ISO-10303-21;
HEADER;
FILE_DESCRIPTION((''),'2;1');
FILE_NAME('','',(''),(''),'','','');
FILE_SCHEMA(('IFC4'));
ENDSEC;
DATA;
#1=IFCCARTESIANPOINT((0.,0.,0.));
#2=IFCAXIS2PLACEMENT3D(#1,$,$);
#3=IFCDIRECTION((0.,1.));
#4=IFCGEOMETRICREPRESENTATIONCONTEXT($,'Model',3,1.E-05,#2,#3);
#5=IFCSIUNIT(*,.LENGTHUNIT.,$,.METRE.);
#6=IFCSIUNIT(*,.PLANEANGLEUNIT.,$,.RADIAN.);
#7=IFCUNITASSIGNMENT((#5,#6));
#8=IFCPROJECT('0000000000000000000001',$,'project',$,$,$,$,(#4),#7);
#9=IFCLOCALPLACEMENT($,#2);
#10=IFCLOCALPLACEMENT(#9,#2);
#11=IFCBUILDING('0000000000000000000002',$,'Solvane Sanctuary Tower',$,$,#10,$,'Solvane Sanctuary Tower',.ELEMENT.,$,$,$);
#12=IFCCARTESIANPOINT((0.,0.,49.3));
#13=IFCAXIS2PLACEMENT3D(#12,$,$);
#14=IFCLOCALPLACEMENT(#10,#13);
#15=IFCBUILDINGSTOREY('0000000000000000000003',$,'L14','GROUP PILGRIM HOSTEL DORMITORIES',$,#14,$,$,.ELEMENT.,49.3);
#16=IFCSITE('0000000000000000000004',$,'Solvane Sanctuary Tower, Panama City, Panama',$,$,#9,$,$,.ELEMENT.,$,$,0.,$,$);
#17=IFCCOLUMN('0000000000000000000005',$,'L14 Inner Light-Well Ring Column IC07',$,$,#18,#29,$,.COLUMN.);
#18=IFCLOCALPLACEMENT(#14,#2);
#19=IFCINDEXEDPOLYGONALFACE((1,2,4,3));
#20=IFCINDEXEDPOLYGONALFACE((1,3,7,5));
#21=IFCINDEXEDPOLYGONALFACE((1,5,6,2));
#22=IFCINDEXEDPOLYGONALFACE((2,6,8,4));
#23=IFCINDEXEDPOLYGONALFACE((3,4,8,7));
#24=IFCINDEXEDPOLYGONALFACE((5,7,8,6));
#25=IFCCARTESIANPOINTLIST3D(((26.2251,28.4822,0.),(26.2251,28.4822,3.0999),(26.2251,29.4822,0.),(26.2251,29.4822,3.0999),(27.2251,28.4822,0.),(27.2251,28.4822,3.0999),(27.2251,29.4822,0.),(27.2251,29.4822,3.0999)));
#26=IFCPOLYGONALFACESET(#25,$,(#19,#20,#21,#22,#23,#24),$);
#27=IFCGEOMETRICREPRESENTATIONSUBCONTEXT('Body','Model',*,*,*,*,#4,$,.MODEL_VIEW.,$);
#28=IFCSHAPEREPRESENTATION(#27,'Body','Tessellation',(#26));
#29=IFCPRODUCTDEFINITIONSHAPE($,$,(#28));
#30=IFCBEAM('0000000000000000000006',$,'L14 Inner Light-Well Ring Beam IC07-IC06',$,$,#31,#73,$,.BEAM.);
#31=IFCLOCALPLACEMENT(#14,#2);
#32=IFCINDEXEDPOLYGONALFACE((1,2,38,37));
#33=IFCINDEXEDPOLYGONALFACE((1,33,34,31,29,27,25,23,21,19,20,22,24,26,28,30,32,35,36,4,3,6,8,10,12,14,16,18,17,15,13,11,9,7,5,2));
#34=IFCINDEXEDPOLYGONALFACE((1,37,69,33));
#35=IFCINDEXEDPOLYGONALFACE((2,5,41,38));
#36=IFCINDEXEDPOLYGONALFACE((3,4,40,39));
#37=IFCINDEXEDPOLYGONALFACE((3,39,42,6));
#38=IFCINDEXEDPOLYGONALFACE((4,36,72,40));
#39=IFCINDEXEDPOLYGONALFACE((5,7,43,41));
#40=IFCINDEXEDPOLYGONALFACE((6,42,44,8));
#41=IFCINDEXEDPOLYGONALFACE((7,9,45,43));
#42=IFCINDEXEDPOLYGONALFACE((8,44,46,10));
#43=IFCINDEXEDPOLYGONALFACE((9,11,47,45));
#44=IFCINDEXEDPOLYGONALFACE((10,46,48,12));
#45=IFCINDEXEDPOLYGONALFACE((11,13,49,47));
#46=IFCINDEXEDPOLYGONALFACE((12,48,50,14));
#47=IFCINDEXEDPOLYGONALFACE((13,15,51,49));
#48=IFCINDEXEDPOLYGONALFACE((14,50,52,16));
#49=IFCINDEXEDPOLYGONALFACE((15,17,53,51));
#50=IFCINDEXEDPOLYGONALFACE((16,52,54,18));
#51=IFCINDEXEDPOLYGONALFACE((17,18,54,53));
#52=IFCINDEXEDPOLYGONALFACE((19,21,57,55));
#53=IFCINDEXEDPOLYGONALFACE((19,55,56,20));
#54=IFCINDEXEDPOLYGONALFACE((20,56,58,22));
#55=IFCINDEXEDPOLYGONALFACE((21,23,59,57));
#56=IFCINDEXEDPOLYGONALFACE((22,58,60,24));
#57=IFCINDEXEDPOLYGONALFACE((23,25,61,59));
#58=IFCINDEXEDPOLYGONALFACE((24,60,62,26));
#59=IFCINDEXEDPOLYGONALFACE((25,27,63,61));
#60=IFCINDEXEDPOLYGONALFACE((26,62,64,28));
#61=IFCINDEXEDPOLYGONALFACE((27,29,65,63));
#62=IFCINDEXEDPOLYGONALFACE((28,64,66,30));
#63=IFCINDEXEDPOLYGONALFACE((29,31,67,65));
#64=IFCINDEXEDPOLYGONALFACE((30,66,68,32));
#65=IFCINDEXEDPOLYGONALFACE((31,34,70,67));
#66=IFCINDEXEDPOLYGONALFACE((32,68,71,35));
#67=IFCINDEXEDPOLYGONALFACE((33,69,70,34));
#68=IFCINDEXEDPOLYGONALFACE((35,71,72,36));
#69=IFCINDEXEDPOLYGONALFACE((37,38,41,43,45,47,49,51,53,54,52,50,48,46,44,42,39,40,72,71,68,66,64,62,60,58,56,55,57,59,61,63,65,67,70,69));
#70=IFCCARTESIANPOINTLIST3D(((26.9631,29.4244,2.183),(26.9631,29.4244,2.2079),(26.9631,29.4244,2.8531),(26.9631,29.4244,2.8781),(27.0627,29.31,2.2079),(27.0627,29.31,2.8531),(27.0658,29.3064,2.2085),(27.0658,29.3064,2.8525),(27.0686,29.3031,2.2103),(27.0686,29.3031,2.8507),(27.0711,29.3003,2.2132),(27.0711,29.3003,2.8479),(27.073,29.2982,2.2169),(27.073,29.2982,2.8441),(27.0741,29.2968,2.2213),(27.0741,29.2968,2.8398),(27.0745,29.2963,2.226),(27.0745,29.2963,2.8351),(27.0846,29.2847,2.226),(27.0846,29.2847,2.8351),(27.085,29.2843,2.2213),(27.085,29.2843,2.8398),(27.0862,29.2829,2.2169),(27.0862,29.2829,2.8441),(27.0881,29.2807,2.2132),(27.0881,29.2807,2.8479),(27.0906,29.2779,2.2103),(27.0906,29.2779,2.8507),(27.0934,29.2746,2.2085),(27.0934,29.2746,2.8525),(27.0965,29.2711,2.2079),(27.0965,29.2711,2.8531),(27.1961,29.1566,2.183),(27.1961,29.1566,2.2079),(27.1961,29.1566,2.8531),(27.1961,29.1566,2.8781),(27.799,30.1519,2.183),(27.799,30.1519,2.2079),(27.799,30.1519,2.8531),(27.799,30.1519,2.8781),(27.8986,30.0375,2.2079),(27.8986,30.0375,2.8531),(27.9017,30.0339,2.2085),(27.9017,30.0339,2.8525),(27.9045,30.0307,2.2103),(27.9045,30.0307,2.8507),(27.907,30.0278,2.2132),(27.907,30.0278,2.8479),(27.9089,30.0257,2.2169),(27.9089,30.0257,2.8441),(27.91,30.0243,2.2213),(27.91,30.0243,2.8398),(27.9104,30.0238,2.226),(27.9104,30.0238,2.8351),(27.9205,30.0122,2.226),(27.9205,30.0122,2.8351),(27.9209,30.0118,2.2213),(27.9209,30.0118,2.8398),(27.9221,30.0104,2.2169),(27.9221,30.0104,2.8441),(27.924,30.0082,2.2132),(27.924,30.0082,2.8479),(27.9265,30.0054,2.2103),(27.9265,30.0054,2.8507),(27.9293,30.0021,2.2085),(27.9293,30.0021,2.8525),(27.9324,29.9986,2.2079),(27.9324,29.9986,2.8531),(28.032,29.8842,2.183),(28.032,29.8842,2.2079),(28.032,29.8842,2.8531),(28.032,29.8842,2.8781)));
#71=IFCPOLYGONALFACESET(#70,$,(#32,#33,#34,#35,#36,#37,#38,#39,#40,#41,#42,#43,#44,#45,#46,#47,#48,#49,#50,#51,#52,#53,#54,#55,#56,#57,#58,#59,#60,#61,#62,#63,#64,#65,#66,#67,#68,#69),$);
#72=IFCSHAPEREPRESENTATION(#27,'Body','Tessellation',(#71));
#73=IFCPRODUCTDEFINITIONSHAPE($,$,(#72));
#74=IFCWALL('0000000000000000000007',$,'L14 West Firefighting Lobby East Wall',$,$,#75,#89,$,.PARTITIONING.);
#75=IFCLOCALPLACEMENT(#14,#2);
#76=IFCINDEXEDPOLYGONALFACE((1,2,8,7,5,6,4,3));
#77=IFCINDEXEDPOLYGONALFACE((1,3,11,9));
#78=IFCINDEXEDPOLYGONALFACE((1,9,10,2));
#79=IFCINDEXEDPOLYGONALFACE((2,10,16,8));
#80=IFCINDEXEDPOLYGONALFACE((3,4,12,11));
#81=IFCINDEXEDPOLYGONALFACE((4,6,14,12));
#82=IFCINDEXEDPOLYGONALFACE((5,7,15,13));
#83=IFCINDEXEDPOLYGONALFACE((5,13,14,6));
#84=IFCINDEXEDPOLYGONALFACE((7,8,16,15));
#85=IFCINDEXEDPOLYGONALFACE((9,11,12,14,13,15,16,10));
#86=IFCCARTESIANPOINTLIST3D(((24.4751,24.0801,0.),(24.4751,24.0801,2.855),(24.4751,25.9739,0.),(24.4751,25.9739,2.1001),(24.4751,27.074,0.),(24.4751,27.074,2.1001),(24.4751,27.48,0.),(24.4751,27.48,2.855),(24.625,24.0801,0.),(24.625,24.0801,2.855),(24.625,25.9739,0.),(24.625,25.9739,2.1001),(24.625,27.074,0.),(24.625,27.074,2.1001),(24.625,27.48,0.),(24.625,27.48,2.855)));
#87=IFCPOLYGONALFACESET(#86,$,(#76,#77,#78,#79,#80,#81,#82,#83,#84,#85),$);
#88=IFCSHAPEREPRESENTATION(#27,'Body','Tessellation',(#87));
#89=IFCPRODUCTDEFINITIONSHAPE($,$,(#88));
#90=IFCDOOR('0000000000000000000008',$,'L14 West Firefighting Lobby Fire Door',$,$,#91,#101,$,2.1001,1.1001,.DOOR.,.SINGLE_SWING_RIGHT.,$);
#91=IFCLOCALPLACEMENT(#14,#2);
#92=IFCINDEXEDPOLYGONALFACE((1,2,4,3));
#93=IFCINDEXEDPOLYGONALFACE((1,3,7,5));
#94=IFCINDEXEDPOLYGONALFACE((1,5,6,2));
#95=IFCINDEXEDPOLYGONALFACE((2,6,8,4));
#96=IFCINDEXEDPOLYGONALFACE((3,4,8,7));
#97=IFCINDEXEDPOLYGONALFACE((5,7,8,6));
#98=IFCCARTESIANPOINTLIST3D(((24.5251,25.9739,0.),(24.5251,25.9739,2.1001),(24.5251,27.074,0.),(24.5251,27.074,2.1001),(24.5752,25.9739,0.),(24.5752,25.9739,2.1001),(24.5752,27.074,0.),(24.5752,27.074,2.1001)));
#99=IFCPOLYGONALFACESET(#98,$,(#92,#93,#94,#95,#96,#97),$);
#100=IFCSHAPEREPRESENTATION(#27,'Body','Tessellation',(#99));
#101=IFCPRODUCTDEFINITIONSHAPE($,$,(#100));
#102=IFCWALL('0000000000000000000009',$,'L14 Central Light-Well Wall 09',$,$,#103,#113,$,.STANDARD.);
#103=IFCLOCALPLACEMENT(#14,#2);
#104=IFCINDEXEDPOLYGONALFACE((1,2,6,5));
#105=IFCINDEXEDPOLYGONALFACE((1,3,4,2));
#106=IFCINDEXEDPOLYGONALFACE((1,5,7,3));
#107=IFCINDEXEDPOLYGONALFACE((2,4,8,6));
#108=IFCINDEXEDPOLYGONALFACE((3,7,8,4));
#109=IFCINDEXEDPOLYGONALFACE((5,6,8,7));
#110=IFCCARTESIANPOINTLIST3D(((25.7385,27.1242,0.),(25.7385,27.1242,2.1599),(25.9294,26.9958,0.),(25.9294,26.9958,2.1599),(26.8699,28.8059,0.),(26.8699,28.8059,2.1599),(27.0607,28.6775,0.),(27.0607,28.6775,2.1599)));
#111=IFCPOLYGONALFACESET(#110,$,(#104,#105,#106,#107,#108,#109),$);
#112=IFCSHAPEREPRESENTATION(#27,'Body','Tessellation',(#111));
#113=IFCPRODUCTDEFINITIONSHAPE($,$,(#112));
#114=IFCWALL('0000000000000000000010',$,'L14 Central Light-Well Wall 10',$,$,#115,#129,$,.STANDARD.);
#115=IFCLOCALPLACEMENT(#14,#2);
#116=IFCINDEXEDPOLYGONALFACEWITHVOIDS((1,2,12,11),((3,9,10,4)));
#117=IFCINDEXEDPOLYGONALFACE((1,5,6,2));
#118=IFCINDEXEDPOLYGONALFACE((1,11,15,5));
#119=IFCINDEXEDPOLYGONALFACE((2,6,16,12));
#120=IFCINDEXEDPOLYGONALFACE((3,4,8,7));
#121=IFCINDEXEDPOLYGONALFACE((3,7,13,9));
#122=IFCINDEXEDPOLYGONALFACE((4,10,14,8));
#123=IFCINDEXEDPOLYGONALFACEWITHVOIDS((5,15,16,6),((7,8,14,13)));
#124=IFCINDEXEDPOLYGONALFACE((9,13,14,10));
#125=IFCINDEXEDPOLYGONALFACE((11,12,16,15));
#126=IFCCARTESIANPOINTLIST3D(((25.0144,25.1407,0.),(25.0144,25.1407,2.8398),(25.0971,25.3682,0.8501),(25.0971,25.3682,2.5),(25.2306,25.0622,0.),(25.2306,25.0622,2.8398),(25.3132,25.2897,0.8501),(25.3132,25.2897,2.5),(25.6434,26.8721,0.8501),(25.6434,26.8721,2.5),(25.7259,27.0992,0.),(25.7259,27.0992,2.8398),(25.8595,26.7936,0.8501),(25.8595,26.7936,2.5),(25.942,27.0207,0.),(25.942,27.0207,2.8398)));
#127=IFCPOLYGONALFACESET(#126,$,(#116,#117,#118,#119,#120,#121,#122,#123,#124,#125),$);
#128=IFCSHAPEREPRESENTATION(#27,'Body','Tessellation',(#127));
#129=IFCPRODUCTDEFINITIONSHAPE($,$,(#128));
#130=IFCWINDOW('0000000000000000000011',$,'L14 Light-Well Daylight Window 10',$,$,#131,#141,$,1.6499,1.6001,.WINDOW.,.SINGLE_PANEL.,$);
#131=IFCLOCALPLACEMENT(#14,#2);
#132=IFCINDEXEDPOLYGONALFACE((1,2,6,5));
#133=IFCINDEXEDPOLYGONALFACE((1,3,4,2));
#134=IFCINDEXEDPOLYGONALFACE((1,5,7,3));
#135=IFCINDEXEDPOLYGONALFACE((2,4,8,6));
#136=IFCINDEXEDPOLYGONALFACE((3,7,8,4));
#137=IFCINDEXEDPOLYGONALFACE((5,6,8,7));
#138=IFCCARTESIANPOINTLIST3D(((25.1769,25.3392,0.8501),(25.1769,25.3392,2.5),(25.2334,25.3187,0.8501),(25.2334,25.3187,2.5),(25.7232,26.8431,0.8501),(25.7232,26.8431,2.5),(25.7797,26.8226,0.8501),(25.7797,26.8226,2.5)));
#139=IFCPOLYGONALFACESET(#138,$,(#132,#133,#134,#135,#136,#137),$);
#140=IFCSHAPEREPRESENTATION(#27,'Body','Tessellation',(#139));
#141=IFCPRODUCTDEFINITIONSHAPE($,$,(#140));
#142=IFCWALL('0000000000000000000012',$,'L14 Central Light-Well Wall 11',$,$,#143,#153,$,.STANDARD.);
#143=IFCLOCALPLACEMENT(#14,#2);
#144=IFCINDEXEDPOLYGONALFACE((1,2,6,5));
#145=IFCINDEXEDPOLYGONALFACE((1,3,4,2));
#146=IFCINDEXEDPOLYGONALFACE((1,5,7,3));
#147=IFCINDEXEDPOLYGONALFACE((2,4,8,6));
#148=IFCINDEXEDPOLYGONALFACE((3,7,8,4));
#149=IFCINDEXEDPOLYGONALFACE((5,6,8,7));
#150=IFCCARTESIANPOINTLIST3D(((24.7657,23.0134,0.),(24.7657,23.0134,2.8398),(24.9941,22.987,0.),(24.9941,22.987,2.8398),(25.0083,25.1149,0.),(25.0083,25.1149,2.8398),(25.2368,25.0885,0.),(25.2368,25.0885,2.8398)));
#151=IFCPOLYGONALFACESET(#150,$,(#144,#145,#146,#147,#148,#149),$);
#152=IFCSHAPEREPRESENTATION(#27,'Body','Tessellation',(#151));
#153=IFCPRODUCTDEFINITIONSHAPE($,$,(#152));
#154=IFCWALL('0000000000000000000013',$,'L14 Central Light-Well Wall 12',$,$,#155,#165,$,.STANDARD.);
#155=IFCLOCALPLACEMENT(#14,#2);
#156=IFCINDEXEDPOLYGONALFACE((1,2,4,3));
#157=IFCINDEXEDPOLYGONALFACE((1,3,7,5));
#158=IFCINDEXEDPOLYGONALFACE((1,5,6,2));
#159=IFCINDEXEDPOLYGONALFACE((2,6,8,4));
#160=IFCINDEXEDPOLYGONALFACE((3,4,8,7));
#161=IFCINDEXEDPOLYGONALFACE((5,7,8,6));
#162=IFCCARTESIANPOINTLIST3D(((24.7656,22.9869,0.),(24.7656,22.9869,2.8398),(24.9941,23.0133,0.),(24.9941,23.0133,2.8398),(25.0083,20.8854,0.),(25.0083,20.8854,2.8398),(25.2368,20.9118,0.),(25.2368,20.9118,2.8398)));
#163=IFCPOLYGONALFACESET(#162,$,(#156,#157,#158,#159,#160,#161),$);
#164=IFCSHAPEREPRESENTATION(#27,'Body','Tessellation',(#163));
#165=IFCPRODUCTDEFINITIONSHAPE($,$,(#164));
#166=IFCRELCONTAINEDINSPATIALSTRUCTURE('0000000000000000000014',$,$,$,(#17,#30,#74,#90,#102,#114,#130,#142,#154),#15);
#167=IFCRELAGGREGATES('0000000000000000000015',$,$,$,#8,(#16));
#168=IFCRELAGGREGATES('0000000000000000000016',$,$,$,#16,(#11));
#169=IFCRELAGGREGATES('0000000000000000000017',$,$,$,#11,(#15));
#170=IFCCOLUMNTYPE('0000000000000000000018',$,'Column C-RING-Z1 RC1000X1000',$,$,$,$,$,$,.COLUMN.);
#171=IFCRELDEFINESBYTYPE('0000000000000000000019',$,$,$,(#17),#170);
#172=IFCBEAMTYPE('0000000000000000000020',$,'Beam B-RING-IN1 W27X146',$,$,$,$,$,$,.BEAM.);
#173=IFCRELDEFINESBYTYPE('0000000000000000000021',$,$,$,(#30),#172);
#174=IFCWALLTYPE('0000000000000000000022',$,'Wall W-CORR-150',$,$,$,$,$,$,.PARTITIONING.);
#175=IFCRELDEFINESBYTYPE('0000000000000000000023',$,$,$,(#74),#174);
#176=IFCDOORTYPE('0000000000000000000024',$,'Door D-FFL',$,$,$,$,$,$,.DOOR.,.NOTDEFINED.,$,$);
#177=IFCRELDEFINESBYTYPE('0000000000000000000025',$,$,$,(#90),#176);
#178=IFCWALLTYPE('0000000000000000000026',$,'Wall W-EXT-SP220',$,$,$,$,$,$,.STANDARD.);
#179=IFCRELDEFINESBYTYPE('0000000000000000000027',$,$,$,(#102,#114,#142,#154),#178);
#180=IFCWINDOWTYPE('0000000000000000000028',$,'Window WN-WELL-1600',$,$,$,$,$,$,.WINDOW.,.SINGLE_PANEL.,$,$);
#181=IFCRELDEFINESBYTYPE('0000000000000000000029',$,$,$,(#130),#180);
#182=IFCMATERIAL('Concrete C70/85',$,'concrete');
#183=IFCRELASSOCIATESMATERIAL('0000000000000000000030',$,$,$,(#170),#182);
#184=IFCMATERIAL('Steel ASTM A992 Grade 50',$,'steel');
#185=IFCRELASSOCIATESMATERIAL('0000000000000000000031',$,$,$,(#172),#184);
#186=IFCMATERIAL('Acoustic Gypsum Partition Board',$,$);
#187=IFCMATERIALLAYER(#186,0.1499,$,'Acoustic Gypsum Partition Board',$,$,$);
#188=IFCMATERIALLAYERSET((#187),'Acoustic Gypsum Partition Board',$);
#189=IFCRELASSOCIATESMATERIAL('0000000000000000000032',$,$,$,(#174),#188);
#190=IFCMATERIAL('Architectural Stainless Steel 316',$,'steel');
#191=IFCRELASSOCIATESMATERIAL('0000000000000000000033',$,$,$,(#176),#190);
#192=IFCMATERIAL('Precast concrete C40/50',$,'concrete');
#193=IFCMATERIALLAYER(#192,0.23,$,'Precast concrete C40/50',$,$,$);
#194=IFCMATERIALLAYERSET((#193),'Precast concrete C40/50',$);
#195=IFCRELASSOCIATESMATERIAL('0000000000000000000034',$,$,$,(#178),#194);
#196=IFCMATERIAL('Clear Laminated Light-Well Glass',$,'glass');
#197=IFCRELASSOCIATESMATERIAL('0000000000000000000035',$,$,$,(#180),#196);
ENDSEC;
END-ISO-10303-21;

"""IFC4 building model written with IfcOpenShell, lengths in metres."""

from ifc_helpers import new_model, si_unit, direction, frame, frame_2d, origin, origin_2d, place, context, subcontext, project, spatial, rectangle, i_section, extrude, material, layer, layer_set, material_profile, profile_set, type_object, element, fill, save


model = new_model("IFC4")

# Units and contexts
model_context = context("Model", 3, precision=1e-05, world=origin(), true_north=direction((0.0, 1.0)))
body_context = subcontext(model_context, "Body", "Model", "MODEL_VIEW")
ifc_project = project(units=[si_unit("LENGTHUNIT", "METRE"), si_unit("PLANEANGLEUNIT", "RADIAN")], contexts=[model_context])

# Site, building, storey
site_placement = place(None, origin())
site = spatial("IfcSite", under=ifc_project, at=site_placement, Name="Solvane Sanctuary Tower, Panama City, Panama", CompositionType="ELEMENT", RefElevation=0.0)
building_placement = place(site_placement, origin())
building = spatial("IfcBuilding", under=site, at=building_placement, Name="Solvane Sanctuary Tower", LongName="Solvane Sanctuary Tower", CompositionType="ELEMENT")
storey_placement = place(building_placement, frame((0.0, 0.0, 49.3)))
storey = spatial("IfcBuildingStorey", under=building, at=storey_placement, Name="L14", Description="GROUP PILGRIM HOSTEL DORMITORIES", CompositionType="ELEMENT", Elevation=49.3)

# Column
ifc_material_1 = material(Name="Concrete C70/85", Category="concrete")
ifc_material_profile_1 = material_profile(ifc_material_1, rectangle(XDim=1.0, YDim=1.0, at=origin_2d()), Name="RC1000X1000")
ifc_profile_set_1 = profile_set([ifc_material_profile_1], Name="Concrete C70/85")
column_type = type_object("IfcColumnType", Name="Column C-RING-Z1 RC1000X1000", PredefinedType="COLUMN", material=ifc_profile_set_1)
column_placement = place(storey_placement, frame((26.7251, 28.9822, 0.0), z_axis=(0.0, 0.0, 1.0), x_axis=(1.0, 0.0, 0.0)))
element("IfcColumn", 1, at=column_placement, inside=storey, type_object=column_type, Name="L14 Inner Light-Well Ring Column IC07", PredefinedType="COLUMN", context=body_context, shape_type="SweptSolid", body=[
    extrude(rectangle(XDim=1.0, YDim=1.0, at=origin_2d()), origin(), (0.0, 0.0, 1.0), 3.0999),
])

# Beam
ifc_material_2 = material(Name="Steel ASTM A992 Grade 50", Category="steel")
ifc_material_profile_2 = material_profile(ifc_material_2, i_section(OverallWidth=0.355, OverallDepth=0.6951, WebThickness=0.0154, FlangeThickness=0.0249, FilletRadius=0.0181, at=origin_2d()), Name="W27X146")
ifc_profile_set_2 = profile_set([ifc_material_profile_2], Name="Steel ASTM A992 Grade 50")
beam_type = type_object("IfcBeamType", Name="Beam B-RING-IN1 W27X146", PredefinedType="BEAM", material=ifc_profile_set_2)
beam_placement = place(storey_placement, frame((27.0796, 29.2905, 2.5305), z_axis=(0.754321, 0.656506, 0.0), x_axis=(-0.656506, 0.754321, 0.0)))
element("IfcBeam", 2, at=beam_placement, inside=storey, type_object=beam_type, Name="L14 Inner Light-Well Ring Beam IC07-IC06", PredefinedType="BEAM", context=body_context, shape_type="SweptSolid", body=[
    extrude(i_section(OverallWidth=0.355, OverallDepth=0.6951, WebThickness=0.0154, FlangeThickness=0.0249, FilletRadius=0.0181, at=origin_2d()), origin(), (0.0, 0.0, 1.0), 1.1082),
])

# Wall, opening, door
ifc_material_3 = material(Name="Acoustic Gypsum Partition Board")
ifc_layer_1 = layer(ifc_material_3, 0.1499, Name="Acoustic Gypsum Partition Board")
ifc_layer_set_1 = layer_set([ifc_layer_1], Name="Acoustic Gypsum Partition Board")
wall_type_1 = type_object("IfcWallType", Name="Wall W-CORR-150", PredefinedType="PARTITIONING", material=ifc_layer_set_1)
wall_1_placement = place(storey_placement, frame((24.55, 24.0801, 0.0), z_axis=(0.0, 0.0, 1.0), x_axis=(0.0, 1.0, 0.0)))
wall_1 = element("IfcWall", 3, at=wall_1_placement, inside=storey, type_object=wall_type_1, Name="L14 West Firefighting Lobby East Wall", PredefinedType="PARTITIONING", context=body_context, shape_type="SweptSolid", body=[
    extrude(rectangle(XDim=3.3999, YDim=0.1499, at=frame_2d((1.7, 0.0))), origin(), (0.0, 0.0, 1.0), 2.855),
])
opening_1_placement = place(wall_1_placement, frame((1.8938, 0.0, 0.0)))
opening_1 = element("IfcOpeningElement", 4, at=opening_1_placement, cuts=wall_1, PredefinedType="OPENING", context=body_context, shape_type="SweptSolid", body=[
    extrude(rectangle(XDim=1.1001, YDim=2.1001, at=frame_2d((0.55, 1.05))), frame((0.0, 0.085, 0.0), z_axis=(0.0, -1.0, 0.0), x_axis=(1.0, 0.0, 0.0)), (0.0, 0.0, 1.0), 0.1699),
])
ifc_material_4 = material(Name="Architectural Stainless Steel 316", Category="steel")
door_type_1 = type_object("IfcDoorType", Name="Door D-FFL", OperationType="NOTDEFINED", PredefinedType="DOOR", material=ifc_material_4)
door_1_placement = place(opening_1_placement, origin())
door_1 = element("IfcDoor", 5, at=door_1_placement, inside=storey, type_object=door_type_1, Name="L14 West Firefighting Lobby Fire Door", OperationType="SINGLE_SWING_RIGHT", OverallHeight=2.1001, OverallWidth=1.1001, PredefinedType="DOOR", context=body_context, shape_type="SweptSolid", body=[
    extrude(rectangle(XDim=1.1001, YDim=2.1001, at=frame_2d((0.55, 1.05))), frame((0.0, 0.0249, 0.0), z_axis=(0.0, -1.0, 0.0), x_axis=(1.0, 0.0, 0.0)), (0.0, 0.0, 1.0), 0.05),
])
fill(opening_1, door_1)

# Wall
ifc_material_5 = material(Name="Precast concrete C40/50", Category="concrete")
ifc_layer_2 = layer(ifc_material_5, 0.23, Name="Precast concrete C40/50")
ifc_layer_set_2 = layer_set([ifc_layer_2], Name="Precast concrete C40/50")
wall_type_2 = type_object("IfcWallType", Name="Wall W-EXT-SP220", PredefinedType="STANDARD", material=ifc_layer_set_2)
wall_2_placement = place(storey_placement, frame((26.9653, 28.7417, 0.0), z_axis=(0.0, 0.0, 1.0), x_axis=(-0.558198, -0.829708, 0.0)))
element("IfcWall", 6, at=wall_2_placement, inside=storey, type_object=wall_type_2, Name="L14 Central Light-Well Wall 09", PredefinedType="STANDARD", context=body_context, shape_type="SweptSolid", body=[
    extrude(rectangle(XDim=2.0269, YDim=0.23, at=frame_2d((1.0134, 0.0))), origin(), (0.0, 0.0, 1.0), 2.1599),
])

# Wall, opening, window
wall_3_placement = place(storey_placement, frame((25.834, 27.0601, 0.0), z_axis=(0.0, 0.0, 1.0), x_axis=(-0.341423, -0.93991, 0.0)))
wall_3 = element("IfcWall", 7, at=wall_3_placement, inside=storey, type_object=wall_type_2, Name="L14 Central Light-Well Wall 10", PredefinedType="STANDARD", context=body_context, shape_type="SweptSolid", body=[
    extrude(rectangle(XDim=2.0837, YDim=0.23, at=frame_2d((1.042, 0.0))), origin(), (0.0, 0.0, 1.0), 2.8398),
])
opening_2_placement = place(wall_3_placement, frame((0.2417, 0.0, 0.8501)))
opening_2 = element("IfcOpeningElement", 8, at=opening_2_placement, cuts=wall_3, PredefinedType="OPENING", context=body_context, shape_type="SweptSolid", body=[
    extrude(rectangle(XDim=1.6001, YDim=1.6499, at=frame_2d((0.8, 0.825))), frame((0.0, 0.125, 0.0), z_axis=(0.0, -1.0, 0.0), x_axis=(1.0, 0.0, 0.0)), (0.0, 0.0, 1.0), 0.25),
])
ifc_material_6 = material(Name="Clear Laminated Light-Well Glass", Category="glass")
window_type = type_object("IfcWindowType", Name="Window WN-WELL-1600", PartitioningType="SINGLE_PANEL", PredefinedType="WINDOW", material=ifc_material_6)
window_1_placement = place(opening_2_placement, origin())
window_1 = element("IfcWindow", 9, at=window_1_placement, inside=storey, type_object=window_type, Name="L14 Light-Well Daylight Window 10", OverallHeight=1.6499, OverallWidth=1.6001, PartitioningType="SINGLE_PANEL", PredefinedType="WINDOW", context=body_context, shape_type="SweptSolid", body=[
    extrude(rectangle(XDim=1.6001, YDim=1.6499, at=frame_2d((0.8, 0.825))), frame((0.0, 0.03, 0.0), z_axis=(0.0, -1.0, 0.0), x_axis=(1.0, 0.0, 0.0)), (0.0, 0.0, 1.0), 0.0601),
])
fill(opening_2, window_1)

# Walls
for number, where, z_axis, x_axis, name in (
    (10, (25.1226, 25.1016, 0.0), (0.0, 0.0, 1.0), (-0.114712, -0.993399, 0.0), "L14 Central Light-Well Wall 11"),
    (11, (24.8799, 23.0, 0.0), (0.0, 0.0, 1.0), (0.114712, -0.993399, 0.0), "L14 Central Light-Well Wall 12"),
):
    element("IfcWall", number, at=place(storey_placement, frame(where, z_axis=z_axis, x_axis=x_axis)), inside=storey, type_object=wall_type_2, Name=name, PredefinedType="STANDARD", context=body_context, shape_type="SweptSolid", body=[
        extrude(rectangle(XDim=2.1155, YDim=0.23, at=frame_2d((1.0576, 0.0))), origin(), (0.0, 0.0, 1.0), 2.8398),
    ])

save(model, "model.ifc")
